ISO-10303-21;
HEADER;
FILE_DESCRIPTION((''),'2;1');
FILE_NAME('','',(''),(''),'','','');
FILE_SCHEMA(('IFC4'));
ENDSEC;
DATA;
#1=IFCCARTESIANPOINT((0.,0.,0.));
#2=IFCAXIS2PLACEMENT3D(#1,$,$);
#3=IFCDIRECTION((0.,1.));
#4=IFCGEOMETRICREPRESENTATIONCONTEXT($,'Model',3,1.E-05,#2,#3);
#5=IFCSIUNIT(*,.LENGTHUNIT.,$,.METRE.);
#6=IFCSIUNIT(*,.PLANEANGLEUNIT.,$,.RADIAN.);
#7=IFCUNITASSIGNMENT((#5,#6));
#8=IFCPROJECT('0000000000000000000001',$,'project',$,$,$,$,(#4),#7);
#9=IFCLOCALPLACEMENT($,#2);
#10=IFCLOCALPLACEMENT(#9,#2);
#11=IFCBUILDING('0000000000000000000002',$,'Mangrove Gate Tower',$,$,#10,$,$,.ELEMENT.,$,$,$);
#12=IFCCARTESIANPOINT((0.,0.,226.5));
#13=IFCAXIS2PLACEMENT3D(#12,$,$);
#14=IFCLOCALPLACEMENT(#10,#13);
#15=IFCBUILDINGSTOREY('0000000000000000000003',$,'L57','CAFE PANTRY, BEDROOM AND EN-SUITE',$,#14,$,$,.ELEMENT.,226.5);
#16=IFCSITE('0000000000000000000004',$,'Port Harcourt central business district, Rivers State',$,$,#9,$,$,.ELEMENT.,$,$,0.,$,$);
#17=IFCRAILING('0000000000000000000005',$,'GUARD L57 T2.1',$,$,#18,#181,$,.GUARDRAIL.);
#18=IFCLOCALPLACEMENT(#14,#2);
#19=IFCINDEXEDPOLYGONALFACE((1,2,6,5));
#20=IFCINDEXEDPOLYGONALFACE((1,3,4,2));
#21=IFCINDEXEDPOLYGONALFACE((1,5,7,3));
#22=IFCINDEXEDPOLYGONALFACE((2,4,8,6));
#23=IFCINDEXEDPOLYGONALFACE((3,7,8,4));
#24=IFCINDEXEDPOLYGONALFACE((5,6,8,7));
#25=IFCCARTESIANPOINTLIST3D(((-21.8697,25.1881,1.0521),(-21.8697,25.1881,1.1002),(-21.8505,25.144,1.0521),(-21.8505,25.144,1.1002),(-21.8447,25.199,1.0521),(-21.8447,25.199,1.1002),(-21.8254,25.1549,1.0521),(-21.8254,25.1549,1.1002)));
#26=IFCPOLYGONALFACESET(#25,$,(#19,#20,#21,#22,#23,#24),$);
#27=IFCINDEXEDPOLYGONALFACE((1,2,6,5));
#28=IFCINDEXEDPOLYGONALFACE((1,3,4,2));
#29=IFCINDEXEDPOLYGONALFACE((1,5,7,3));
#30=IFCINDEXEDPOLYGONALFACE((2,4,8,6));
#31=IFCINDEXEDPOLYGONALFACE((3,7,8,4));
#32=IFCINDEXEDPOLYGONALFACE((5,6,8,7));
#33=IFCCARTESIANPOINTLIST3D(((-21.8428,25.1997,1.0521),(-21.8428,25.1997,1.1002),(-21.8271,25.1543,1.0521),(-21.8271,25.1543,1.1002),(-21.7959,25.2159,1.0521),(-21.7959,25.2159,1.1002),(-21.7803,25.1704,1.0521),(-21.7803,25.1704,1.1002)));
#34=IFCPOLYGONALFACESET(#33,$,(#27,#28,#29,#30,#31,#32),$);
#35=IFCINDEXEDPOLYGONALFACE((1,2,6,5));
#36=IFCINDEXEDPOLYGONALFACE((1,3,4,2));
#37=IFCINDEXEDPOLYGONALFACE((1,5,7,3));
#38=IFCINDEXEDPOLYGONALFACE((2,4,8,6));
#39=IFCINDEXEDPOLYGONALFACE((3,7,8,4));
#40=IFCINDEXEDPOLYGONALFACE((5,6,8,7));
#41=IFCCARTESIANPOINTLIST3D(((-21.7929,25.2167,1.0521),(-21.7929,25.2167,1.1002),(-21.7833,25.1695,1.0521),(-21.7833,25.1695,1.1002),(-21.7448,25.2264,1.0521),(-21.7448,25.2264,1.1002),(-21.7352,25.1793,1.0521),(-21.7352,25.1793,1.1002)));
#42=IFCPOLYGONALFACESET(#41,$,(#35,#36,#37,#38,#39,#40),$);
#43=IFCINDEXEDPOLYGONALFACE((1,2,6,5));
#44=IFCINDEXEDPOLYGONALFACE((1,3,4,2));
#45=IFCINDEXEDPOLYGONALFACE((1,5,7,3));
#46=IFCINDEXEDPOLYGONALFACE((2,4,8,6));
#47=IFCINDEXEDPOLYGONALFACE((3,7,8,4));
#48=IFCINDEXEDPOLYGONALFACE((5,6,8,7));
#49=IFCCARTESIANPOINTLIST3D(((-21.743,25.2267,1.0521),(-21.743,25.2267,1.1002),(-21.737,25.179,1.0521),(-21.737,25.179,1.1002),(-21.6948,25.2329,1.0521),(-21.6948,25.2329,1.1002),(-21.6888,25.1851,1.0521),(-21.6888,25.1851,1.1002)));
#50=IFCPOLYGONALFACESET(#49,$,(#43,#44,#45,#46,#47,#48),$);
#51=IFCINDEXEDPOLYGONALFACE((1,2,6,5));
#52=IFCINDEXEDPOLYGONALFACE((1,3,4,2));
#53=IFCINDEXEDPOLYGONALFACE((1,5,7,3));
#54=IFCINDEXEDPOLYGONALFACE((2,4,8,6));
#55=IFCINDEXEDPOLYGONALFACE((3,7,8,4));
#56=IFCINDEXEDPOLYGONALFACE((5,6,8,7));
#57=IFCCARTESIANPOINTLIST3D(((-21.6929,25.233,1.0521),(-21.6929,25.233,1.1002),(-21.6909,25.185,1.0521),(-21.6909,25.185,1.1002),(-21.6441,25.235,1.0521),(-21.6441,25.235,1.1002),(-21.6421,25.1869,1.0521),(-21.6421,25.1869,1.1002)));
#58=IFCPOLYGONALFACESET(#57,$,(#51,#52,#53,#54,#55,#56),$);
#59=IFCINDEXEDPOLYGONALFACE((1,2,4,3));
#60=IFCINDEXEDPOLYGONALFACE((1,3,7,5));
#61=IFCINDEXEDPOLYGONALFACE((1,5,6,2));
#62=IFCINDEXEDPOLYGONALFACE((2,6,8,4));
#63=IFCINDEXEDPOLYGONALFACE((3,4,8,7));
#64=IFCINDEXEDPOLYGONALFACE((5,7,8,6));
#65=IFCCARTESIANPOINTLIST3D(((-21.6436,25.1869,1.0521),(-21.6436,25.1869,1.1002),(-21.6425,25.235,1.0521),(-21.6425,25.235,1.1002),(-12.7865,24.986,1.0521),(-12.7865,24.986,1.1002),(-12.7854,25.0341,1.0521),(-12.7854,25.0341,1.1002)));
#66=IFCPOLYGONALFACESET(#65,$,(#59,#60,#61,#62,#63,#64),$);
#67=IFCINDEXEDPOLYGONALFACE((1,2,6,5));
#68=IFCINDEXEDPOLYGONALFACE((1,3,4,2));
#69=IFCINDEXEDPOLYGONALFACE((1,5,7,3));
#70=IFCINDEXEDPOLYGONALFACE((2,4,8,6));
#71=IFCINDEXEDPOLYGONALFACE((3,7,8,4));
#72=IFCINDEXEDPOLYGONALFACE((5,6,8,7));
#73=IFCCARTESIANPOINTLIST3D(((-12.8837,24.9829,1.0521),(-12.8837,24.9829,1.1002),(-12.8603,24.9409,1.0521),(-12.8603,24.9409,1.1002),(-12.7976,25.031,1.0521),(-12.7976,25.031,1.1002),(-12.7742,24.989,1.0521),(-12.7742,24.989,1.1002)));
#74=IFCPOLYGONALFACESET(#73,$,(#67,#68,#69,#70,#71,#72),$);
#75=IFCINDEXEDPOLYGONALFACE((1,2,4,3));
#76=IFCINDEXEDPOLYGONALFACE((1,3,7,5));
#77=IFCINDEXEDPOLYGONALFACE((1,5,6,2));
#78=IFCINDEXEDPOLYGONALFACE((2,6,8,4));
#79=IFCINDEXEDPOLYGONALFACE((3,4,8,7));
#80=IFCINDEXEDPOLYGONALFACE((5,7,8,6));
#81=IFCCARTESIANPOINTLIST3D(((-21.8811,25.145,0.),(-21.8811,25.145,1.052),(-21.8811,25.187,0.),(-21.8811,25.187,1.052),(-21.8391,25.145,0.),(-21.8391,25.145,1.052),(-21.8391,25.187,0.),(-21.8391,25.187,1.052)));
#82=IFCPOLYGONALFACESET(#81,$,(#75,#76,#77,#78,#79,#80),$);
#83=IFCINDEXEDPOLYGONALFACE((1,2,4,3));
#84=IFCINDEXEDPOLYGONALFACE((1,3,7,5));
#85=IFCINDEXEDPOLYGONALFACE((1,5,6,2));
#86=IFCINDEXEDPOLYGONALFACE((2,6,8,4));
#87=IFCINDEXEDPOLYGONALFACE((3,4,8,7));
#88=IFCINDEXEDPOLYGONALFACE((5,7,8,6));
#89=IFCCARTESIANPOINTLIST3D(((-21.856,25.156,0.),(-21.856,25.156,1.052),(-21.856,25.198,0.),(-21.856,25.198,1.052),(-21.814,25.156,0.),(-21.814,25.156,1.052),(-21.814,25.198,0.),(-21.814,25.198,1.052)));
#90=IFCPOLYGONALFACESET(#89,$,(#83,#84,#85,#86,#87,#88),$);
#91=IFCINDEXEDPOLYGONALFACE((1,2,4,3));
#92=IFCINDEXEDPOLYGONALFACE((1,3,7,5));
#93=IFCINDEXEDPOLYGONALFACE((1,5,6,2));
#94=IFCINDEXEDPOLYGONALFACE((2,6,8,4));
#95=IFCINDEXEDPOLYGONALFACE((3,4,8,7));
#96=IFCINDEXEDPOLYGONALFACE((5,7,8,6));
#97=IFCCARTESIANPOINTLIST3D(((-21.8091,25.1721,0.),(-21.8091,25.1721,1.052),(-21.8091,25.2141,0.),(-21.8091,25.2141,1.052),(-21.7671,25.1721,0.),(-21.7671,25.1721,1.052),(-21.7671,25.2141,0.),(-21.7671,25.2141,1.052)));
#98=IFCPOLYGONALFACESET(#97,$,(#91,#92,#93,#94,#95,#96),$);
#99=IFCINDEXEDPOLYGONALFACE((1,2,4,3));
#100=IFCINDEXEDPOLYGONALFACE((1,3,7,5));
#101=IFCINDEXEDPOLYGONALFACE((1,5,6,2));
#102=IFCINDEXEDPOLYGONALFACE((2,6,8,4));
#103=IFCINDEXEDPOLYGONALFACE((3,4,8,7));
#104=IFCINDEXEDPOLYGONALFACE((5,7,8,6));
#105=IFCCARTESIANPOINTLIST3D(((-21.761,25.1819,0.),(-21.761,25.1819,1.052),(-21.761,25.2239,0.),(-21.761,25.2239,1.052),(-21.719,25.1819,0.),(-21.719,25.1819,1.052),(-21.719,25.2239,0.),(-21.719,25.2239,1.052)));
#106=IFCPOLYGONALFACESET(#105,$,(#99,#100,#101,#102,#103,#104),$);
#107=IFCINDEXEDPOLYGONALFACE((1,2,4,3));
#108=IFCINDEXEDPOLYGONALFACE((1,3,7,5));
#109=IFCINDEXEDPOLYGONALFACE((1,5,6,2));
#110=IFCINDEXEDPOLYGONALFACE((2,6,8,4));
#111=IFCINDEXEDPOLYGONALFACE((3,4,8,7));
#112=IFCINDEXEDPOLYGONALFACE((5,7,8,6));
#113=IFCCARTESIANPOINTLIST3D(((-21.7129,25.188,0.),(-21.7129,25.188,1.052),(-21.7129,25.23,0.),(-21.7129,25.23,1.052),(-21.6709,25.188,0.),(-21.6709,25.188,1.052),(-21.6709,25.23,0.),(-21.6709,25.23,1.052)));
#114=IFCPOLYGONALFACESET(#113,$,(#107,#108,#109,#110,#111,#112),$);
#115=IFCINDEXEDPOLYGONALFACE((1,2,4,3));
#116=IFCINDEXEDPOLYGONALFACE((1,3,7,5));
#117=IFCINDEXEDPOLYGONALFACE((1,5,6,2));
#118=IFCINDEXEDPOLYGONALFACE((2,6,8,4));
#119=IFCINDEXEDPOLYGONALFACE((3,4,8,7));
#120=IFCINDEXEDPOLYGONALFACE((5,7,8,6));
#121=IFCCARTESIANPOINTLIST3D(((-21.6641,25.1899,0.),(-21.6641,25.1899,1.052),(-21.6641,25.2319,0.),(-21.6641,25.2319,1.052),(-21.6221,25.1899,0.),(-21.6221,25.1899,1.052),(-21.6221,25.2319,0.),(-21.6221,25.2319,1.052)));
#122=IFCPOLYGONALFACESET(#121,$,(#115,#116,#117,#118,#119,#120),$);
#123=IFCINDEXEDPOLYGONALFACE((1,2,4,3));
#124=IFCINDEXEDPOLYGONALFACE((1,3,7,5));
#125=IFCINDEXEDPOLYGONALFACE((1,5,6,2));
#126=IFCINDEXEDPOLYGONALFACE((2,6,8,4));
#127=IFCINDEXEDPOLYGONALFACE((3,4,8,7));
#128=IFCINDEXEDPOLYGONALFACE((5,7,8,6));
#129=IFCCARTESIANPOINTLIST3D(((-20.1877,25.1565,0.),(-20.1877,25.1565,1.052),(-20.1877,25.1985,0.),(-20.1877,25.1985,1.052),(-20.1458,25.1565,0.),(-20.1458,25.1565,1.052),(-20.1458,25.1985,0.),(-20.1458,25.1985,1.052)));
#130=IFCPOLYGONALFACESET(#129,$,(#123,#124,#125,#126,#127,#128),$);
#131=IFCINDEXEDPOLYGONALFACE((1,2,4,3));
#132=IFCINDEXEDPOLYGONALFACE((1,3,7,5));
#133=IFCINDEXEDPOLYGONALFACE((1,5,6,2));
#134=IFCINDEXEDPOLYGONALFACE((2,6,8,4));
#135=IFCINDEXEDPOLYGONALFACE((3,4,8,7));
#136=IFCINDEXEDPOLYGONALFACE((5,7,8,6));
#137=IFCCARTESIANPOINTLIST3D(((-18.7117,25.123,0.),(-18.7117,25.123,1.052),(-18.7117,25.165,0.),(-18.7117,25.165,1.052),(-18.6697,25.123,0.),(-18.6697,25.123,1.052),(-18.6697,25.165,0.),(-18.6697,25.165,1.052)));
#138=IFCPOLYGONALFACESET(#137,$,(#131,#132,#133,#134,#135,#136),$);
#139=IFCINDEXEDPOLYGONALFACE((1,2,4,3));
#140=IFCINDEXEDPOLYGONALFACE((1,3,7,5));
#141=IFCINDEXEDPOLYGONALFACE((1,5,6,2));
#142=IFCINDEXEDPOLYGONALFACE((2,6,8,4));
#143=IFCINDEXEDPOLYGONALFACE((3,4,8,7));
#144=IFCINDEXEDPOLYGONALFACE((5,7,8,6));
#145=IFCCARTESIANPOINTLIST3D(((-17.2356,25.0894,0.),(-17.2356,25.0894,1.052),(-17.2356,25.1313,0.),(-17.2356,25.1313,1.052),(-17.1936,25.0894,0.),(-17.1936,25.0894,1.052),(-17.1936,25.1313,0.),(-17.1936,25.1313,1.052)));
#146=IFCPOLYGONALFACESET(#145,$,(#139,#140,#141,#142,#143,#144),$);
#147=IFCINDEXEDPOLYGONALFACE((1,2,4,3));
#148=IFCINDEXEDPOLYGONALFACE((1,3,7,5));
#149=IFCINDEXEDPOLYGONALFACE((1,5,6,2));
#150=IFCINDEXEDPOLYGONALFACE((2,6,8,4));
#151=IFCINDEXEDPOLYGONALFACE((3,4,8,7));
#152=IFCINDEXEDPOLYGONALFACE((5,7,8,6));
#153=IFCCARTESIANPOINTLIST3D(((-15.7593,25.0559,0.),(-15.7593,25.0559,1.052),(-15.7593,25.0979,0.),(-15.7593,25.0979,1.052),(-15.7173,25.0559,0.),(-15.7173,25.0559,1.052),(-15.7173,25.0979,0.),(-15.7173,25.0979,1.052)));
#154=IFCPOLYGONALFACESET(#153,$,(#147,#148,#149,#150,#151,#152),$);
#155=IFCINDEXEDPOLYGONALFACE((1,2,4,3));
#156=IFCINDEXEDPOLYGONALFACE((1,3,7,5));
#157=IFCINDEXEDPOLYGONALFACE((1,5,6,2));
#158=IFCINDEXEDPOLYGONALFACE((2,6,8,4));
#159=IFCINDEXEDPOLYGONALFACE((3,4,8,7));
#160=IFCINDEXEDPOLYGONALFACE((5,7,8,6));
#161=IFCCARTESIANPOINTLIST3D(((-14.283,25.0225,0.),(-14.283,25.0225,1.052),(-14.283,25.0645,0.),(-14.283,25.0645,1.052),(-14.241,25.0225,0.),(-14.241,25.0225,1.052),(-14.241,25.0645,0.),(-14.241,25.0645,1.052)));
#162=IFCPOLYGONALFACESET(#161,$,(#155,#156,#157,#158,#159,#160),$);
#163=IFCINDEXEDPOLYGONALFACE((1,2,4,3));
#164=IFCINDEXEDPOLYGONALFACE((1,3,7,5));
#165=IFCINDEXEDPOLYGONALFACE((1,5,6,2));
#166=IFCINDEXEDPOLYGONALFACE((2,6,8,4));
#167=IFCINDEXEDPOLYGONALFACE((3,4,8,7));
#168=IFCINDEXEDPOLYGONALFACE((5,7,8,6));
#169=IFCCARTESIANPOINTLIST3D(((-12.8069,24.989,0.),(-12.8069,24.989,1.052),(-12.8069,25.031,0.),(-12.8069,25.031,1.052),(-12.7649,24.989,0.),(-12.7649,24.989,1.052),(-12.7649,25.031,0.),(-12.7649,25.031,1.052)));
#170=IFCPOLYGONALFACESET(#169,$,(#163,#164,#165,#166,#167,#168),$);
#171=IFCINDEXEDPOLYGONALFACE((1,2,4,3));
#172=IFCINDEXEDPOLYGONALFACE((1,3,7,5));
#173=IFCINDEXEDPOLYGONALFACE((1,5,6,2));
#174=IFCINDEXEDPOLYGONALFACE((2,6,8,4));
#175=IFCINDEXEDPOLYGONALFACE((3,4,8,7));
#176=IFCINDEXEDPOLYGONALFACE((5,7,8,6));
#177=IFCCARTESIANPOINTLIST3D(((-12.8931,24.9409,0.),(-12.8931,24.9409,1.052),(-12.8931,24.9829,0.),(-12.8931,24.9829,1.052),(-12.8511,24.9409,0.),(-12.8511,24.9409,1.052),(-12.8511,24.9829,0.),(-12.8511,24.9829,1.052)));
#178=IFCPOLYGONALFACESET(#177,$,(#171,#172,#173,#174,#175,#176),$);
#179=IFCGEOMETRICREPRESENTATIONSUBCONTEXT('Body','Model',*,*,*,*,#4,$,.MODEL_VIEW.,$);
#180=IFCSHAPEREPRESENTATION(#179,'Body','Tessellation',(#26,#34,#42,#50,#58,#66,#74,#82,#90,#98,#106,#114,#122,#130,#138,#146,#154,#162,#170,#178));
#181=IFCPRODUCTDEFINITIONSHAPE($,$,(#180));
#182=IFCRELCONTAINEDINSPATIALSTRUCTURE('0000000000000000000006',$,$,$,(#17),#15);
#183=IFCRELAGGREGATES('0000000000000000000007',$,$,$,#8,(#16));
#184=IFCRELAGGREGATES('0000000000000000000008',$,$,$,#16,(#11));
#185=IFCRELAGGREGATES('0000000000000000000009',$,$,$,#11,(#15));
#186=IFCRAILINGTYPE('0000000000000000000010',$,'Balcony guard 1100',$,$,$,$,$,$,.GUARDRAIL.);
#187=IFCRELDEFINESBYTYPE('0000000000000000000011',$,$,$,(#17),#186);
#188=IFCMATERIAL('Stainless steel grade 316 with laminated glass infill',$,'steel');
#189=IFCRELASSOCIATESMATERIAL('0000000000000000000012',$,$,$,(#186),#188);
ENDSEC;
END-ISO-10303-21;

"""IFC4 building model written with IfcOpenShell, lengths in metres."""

from ifc_helpers import new_model, si_unit, direction, frame, origin, origin_2d, place, context, subcontext, project, spatial, rectangle, extrude, material, type_object, element, save


model = new_model("IFC4")

# Units and contexts
model_context = context("Model", 3, precision=1e-05, world=origin(), true_north=direction((0.0, 1.0)))
body_context = subcontext(model_context, "Body", "Model", "MODEL_VIEW")
ifc_project = project(units=[si_unit("LENGTHUNIT", "METRE"), si_unit("PLANEANGLEUNIT", "RADIAN")], contexts=[model_context])

# Site, building, storey
site_placement = place(None, origin())
site = spatial("IfcSite", under=ifc_project, at=site_placement, Name="Port Harcourt central business district, Rivers State", CompositionType="ELEMENT", RefElevation=0.0)
building_placement = place(site_placement, origin())
building = spatial("IfcBuilding", under=site, at=building_placement, Name="Mangrove Gate Tower", CompositionType="ELEMENT")
storey_placement = place(building_placement, frame((0.0, 0.0, 226.5)))
storey = spatial("IfcBuildingStorey", under=building, at=storey_placement, Name="L57", Description="CAFE PANTRY, BEDROOM AND EN-SUITE", CompositionType="ELEMENT", Elevation=226.5)

# Railing
ifc_material_1 = material(Name="Stainless steel grade 316 with laminated glass infill", Category="steel")
railing_type = type_object("IfcRailingType", Name="Balcony guard 1100", PredefinedType="GUARDRAIL", material=ifc_material_1)
railing_1_placement = place(storey_placement, frame((-21.8601, 25.166, 0.0)))
element("IfcRailing", 1, at=railing_1_placement, inside=storey, type_object=railing_type, Name="GUARD L57 T2.1", PredefinedType="GUARDRAIL", context=body_context, shape_type="SweptSolid", body=[
    extrude(rectangle(XDim=0.0481, YDim=0.0481, at=origin_2d()), frame((0.0, 0.0, 1.0762), z_axis=(0.916361, 0.400352, 0.0), x_axis=(-0.400352, 0.916361, 0.0)), (0.0, 0.0, 1.0), 0.0273),
    extrude(rectangle(XDim=0.0481, YDim=0.0481, at=origin_2d()), frame((0.0251, 0.011, 1.0762), z_axis=(0.945687, 0.32508, 0.0), x_axis=(-0.32508, 0.945687, 0.0)), (0.0, 0.0, 1.0), 0.0496),
    extrude(rectangle(XDim=0.0481, YDim=0.0481, at=origin_2d()), frame((0.072, 0.0271, 1.0762), z_axis=(0.980002, 0.198985, 0.0), x_axis=(-0.198985, 0.980002, 0.0)), (0.0, 0.0, 1.0), 0.0491),
    extrude(rectangle(XDim=0.0481, YDim=0.0481, at=origin_2d()), frame((0.1201, 0.0369, 1.0762), z_axis=(0.992044, 0.125894, 0.0), x_axis=(-0.125894, 0.992044, 0.0)), (0.0, 0.0, 1.0), 0.0486),
    extrude(rectangle(XDim=0.0481, YDim=0.0481, at=origin_2d()), frame((0.1682, 0.043, 1.0762), z_axis=(0.999201, 0.039968, 0.0), x_axis=(-0.039968, 0.999201, 0.0)), (0.0, 0.0, 1.0), 0.0488),
    extrude(rectangle(XDim=0.0481, YDim=0.0481, at=origin_2d()), frame((0.217, 0.0449, 1.0762), z_axis=(0.999743, -0.022679, 0.0), x_axis=(0.022679, 0.999743, 0.0)), (0.0, 0.0, 1.0), 8.8594),
    extrude(rectangle(XDim=0.0481, YDim=0.0481, at=origin_2d()), frame((9.0742, -0.156, 1.0762), z_axis=(-0.873222, -0.487322, 0.0), x_axis=(0.487322, -0.873222, 0.0)), (0.0, 0.0, 1.0), 0.0986),
    extrude(rectangle(XDim=0.042, YDim=0.042, at=origin_2d()), origin(), (0.0, 0.0, 1.0), 1.052),
    extrude(rectangle(XDim=0.042, YDim=0.042, at=origin_2d()), frame((0.0251, 0.011, 0.0)), (0.0, 0.0, 1.0), 1.052),
    extrude(rectangle(XDim=0.042, YDim=0.042, at=origin_2d()), frame((0.072, 0.0271, 0.0)), (0.0, 0.0, 1.0), 1.052),
    extrude(rectangle(XDim=0.042, YDim=0.042, at=origin_2d()), frame((0.1201, 0.0369, 0.0)), (0.0, 0.0, 1.0), 1.052),
    extrude(rectangle(XDim=0.042, YDim=0.042, at=origin_2d()), frame((0.1682, 0.043, 0.0)), (0.0, 0.0, 1.0), 1.052),
    extrude(rectangle(XDim=0.042, YDim=0.042, at=origin_2d()), frame((0.217, 0.0449, 0.0)), (0.0, 0.0, 1.0), 1.052),
    extrude(rectangle(XDim=0.042, YDim=0.042, at=origin_2d()), frame((1.6934, 0.0115, 0.0)), (0.0, 0.0, 1.0), 1.052),
    extrude(rectangle(XDim=0.042, YDim=0.042, at=origin_2d()), frame((3.1694, -0.022, 0.0)), (0.0, 0.0, 1.0), 1.052),
    extrude(rectangle(XDim=0.042, YDim=0.042, at=origin_2d()), frame((4.6455, -0.0557, 0.0)), (0.0, 0.0, 1.0), 1.052),
    extrude(rectangle(XDim=0.042, YDim=0.042, at=origin_2d()), frame((6.1218, -0.0891, 0.0)), (0.0, 0.0, 1.0), 1.052),
    extrude(rectangle(XDim=0.042, YDim=0.042, at=origin_2d()), frame((7.5981, -0.1226, 0.0)), (0.0, 0.0, 1.0), 1.052),
    extrude(rectangle(XDim=0.042, YDim=0.042, at=origin_2d()), frame((9.0742, -0.156, 0.0)), (0.0, 0.0, 1.0), 1.052),
    extrude(rectangle(XDim=0.042, YDim=0.042, at=origin_2d()), frame((8.988, -0.2041, 0.0)), (0.0, 0.0, 1.0), 1.052),
])

save(model, "model.ifc")
